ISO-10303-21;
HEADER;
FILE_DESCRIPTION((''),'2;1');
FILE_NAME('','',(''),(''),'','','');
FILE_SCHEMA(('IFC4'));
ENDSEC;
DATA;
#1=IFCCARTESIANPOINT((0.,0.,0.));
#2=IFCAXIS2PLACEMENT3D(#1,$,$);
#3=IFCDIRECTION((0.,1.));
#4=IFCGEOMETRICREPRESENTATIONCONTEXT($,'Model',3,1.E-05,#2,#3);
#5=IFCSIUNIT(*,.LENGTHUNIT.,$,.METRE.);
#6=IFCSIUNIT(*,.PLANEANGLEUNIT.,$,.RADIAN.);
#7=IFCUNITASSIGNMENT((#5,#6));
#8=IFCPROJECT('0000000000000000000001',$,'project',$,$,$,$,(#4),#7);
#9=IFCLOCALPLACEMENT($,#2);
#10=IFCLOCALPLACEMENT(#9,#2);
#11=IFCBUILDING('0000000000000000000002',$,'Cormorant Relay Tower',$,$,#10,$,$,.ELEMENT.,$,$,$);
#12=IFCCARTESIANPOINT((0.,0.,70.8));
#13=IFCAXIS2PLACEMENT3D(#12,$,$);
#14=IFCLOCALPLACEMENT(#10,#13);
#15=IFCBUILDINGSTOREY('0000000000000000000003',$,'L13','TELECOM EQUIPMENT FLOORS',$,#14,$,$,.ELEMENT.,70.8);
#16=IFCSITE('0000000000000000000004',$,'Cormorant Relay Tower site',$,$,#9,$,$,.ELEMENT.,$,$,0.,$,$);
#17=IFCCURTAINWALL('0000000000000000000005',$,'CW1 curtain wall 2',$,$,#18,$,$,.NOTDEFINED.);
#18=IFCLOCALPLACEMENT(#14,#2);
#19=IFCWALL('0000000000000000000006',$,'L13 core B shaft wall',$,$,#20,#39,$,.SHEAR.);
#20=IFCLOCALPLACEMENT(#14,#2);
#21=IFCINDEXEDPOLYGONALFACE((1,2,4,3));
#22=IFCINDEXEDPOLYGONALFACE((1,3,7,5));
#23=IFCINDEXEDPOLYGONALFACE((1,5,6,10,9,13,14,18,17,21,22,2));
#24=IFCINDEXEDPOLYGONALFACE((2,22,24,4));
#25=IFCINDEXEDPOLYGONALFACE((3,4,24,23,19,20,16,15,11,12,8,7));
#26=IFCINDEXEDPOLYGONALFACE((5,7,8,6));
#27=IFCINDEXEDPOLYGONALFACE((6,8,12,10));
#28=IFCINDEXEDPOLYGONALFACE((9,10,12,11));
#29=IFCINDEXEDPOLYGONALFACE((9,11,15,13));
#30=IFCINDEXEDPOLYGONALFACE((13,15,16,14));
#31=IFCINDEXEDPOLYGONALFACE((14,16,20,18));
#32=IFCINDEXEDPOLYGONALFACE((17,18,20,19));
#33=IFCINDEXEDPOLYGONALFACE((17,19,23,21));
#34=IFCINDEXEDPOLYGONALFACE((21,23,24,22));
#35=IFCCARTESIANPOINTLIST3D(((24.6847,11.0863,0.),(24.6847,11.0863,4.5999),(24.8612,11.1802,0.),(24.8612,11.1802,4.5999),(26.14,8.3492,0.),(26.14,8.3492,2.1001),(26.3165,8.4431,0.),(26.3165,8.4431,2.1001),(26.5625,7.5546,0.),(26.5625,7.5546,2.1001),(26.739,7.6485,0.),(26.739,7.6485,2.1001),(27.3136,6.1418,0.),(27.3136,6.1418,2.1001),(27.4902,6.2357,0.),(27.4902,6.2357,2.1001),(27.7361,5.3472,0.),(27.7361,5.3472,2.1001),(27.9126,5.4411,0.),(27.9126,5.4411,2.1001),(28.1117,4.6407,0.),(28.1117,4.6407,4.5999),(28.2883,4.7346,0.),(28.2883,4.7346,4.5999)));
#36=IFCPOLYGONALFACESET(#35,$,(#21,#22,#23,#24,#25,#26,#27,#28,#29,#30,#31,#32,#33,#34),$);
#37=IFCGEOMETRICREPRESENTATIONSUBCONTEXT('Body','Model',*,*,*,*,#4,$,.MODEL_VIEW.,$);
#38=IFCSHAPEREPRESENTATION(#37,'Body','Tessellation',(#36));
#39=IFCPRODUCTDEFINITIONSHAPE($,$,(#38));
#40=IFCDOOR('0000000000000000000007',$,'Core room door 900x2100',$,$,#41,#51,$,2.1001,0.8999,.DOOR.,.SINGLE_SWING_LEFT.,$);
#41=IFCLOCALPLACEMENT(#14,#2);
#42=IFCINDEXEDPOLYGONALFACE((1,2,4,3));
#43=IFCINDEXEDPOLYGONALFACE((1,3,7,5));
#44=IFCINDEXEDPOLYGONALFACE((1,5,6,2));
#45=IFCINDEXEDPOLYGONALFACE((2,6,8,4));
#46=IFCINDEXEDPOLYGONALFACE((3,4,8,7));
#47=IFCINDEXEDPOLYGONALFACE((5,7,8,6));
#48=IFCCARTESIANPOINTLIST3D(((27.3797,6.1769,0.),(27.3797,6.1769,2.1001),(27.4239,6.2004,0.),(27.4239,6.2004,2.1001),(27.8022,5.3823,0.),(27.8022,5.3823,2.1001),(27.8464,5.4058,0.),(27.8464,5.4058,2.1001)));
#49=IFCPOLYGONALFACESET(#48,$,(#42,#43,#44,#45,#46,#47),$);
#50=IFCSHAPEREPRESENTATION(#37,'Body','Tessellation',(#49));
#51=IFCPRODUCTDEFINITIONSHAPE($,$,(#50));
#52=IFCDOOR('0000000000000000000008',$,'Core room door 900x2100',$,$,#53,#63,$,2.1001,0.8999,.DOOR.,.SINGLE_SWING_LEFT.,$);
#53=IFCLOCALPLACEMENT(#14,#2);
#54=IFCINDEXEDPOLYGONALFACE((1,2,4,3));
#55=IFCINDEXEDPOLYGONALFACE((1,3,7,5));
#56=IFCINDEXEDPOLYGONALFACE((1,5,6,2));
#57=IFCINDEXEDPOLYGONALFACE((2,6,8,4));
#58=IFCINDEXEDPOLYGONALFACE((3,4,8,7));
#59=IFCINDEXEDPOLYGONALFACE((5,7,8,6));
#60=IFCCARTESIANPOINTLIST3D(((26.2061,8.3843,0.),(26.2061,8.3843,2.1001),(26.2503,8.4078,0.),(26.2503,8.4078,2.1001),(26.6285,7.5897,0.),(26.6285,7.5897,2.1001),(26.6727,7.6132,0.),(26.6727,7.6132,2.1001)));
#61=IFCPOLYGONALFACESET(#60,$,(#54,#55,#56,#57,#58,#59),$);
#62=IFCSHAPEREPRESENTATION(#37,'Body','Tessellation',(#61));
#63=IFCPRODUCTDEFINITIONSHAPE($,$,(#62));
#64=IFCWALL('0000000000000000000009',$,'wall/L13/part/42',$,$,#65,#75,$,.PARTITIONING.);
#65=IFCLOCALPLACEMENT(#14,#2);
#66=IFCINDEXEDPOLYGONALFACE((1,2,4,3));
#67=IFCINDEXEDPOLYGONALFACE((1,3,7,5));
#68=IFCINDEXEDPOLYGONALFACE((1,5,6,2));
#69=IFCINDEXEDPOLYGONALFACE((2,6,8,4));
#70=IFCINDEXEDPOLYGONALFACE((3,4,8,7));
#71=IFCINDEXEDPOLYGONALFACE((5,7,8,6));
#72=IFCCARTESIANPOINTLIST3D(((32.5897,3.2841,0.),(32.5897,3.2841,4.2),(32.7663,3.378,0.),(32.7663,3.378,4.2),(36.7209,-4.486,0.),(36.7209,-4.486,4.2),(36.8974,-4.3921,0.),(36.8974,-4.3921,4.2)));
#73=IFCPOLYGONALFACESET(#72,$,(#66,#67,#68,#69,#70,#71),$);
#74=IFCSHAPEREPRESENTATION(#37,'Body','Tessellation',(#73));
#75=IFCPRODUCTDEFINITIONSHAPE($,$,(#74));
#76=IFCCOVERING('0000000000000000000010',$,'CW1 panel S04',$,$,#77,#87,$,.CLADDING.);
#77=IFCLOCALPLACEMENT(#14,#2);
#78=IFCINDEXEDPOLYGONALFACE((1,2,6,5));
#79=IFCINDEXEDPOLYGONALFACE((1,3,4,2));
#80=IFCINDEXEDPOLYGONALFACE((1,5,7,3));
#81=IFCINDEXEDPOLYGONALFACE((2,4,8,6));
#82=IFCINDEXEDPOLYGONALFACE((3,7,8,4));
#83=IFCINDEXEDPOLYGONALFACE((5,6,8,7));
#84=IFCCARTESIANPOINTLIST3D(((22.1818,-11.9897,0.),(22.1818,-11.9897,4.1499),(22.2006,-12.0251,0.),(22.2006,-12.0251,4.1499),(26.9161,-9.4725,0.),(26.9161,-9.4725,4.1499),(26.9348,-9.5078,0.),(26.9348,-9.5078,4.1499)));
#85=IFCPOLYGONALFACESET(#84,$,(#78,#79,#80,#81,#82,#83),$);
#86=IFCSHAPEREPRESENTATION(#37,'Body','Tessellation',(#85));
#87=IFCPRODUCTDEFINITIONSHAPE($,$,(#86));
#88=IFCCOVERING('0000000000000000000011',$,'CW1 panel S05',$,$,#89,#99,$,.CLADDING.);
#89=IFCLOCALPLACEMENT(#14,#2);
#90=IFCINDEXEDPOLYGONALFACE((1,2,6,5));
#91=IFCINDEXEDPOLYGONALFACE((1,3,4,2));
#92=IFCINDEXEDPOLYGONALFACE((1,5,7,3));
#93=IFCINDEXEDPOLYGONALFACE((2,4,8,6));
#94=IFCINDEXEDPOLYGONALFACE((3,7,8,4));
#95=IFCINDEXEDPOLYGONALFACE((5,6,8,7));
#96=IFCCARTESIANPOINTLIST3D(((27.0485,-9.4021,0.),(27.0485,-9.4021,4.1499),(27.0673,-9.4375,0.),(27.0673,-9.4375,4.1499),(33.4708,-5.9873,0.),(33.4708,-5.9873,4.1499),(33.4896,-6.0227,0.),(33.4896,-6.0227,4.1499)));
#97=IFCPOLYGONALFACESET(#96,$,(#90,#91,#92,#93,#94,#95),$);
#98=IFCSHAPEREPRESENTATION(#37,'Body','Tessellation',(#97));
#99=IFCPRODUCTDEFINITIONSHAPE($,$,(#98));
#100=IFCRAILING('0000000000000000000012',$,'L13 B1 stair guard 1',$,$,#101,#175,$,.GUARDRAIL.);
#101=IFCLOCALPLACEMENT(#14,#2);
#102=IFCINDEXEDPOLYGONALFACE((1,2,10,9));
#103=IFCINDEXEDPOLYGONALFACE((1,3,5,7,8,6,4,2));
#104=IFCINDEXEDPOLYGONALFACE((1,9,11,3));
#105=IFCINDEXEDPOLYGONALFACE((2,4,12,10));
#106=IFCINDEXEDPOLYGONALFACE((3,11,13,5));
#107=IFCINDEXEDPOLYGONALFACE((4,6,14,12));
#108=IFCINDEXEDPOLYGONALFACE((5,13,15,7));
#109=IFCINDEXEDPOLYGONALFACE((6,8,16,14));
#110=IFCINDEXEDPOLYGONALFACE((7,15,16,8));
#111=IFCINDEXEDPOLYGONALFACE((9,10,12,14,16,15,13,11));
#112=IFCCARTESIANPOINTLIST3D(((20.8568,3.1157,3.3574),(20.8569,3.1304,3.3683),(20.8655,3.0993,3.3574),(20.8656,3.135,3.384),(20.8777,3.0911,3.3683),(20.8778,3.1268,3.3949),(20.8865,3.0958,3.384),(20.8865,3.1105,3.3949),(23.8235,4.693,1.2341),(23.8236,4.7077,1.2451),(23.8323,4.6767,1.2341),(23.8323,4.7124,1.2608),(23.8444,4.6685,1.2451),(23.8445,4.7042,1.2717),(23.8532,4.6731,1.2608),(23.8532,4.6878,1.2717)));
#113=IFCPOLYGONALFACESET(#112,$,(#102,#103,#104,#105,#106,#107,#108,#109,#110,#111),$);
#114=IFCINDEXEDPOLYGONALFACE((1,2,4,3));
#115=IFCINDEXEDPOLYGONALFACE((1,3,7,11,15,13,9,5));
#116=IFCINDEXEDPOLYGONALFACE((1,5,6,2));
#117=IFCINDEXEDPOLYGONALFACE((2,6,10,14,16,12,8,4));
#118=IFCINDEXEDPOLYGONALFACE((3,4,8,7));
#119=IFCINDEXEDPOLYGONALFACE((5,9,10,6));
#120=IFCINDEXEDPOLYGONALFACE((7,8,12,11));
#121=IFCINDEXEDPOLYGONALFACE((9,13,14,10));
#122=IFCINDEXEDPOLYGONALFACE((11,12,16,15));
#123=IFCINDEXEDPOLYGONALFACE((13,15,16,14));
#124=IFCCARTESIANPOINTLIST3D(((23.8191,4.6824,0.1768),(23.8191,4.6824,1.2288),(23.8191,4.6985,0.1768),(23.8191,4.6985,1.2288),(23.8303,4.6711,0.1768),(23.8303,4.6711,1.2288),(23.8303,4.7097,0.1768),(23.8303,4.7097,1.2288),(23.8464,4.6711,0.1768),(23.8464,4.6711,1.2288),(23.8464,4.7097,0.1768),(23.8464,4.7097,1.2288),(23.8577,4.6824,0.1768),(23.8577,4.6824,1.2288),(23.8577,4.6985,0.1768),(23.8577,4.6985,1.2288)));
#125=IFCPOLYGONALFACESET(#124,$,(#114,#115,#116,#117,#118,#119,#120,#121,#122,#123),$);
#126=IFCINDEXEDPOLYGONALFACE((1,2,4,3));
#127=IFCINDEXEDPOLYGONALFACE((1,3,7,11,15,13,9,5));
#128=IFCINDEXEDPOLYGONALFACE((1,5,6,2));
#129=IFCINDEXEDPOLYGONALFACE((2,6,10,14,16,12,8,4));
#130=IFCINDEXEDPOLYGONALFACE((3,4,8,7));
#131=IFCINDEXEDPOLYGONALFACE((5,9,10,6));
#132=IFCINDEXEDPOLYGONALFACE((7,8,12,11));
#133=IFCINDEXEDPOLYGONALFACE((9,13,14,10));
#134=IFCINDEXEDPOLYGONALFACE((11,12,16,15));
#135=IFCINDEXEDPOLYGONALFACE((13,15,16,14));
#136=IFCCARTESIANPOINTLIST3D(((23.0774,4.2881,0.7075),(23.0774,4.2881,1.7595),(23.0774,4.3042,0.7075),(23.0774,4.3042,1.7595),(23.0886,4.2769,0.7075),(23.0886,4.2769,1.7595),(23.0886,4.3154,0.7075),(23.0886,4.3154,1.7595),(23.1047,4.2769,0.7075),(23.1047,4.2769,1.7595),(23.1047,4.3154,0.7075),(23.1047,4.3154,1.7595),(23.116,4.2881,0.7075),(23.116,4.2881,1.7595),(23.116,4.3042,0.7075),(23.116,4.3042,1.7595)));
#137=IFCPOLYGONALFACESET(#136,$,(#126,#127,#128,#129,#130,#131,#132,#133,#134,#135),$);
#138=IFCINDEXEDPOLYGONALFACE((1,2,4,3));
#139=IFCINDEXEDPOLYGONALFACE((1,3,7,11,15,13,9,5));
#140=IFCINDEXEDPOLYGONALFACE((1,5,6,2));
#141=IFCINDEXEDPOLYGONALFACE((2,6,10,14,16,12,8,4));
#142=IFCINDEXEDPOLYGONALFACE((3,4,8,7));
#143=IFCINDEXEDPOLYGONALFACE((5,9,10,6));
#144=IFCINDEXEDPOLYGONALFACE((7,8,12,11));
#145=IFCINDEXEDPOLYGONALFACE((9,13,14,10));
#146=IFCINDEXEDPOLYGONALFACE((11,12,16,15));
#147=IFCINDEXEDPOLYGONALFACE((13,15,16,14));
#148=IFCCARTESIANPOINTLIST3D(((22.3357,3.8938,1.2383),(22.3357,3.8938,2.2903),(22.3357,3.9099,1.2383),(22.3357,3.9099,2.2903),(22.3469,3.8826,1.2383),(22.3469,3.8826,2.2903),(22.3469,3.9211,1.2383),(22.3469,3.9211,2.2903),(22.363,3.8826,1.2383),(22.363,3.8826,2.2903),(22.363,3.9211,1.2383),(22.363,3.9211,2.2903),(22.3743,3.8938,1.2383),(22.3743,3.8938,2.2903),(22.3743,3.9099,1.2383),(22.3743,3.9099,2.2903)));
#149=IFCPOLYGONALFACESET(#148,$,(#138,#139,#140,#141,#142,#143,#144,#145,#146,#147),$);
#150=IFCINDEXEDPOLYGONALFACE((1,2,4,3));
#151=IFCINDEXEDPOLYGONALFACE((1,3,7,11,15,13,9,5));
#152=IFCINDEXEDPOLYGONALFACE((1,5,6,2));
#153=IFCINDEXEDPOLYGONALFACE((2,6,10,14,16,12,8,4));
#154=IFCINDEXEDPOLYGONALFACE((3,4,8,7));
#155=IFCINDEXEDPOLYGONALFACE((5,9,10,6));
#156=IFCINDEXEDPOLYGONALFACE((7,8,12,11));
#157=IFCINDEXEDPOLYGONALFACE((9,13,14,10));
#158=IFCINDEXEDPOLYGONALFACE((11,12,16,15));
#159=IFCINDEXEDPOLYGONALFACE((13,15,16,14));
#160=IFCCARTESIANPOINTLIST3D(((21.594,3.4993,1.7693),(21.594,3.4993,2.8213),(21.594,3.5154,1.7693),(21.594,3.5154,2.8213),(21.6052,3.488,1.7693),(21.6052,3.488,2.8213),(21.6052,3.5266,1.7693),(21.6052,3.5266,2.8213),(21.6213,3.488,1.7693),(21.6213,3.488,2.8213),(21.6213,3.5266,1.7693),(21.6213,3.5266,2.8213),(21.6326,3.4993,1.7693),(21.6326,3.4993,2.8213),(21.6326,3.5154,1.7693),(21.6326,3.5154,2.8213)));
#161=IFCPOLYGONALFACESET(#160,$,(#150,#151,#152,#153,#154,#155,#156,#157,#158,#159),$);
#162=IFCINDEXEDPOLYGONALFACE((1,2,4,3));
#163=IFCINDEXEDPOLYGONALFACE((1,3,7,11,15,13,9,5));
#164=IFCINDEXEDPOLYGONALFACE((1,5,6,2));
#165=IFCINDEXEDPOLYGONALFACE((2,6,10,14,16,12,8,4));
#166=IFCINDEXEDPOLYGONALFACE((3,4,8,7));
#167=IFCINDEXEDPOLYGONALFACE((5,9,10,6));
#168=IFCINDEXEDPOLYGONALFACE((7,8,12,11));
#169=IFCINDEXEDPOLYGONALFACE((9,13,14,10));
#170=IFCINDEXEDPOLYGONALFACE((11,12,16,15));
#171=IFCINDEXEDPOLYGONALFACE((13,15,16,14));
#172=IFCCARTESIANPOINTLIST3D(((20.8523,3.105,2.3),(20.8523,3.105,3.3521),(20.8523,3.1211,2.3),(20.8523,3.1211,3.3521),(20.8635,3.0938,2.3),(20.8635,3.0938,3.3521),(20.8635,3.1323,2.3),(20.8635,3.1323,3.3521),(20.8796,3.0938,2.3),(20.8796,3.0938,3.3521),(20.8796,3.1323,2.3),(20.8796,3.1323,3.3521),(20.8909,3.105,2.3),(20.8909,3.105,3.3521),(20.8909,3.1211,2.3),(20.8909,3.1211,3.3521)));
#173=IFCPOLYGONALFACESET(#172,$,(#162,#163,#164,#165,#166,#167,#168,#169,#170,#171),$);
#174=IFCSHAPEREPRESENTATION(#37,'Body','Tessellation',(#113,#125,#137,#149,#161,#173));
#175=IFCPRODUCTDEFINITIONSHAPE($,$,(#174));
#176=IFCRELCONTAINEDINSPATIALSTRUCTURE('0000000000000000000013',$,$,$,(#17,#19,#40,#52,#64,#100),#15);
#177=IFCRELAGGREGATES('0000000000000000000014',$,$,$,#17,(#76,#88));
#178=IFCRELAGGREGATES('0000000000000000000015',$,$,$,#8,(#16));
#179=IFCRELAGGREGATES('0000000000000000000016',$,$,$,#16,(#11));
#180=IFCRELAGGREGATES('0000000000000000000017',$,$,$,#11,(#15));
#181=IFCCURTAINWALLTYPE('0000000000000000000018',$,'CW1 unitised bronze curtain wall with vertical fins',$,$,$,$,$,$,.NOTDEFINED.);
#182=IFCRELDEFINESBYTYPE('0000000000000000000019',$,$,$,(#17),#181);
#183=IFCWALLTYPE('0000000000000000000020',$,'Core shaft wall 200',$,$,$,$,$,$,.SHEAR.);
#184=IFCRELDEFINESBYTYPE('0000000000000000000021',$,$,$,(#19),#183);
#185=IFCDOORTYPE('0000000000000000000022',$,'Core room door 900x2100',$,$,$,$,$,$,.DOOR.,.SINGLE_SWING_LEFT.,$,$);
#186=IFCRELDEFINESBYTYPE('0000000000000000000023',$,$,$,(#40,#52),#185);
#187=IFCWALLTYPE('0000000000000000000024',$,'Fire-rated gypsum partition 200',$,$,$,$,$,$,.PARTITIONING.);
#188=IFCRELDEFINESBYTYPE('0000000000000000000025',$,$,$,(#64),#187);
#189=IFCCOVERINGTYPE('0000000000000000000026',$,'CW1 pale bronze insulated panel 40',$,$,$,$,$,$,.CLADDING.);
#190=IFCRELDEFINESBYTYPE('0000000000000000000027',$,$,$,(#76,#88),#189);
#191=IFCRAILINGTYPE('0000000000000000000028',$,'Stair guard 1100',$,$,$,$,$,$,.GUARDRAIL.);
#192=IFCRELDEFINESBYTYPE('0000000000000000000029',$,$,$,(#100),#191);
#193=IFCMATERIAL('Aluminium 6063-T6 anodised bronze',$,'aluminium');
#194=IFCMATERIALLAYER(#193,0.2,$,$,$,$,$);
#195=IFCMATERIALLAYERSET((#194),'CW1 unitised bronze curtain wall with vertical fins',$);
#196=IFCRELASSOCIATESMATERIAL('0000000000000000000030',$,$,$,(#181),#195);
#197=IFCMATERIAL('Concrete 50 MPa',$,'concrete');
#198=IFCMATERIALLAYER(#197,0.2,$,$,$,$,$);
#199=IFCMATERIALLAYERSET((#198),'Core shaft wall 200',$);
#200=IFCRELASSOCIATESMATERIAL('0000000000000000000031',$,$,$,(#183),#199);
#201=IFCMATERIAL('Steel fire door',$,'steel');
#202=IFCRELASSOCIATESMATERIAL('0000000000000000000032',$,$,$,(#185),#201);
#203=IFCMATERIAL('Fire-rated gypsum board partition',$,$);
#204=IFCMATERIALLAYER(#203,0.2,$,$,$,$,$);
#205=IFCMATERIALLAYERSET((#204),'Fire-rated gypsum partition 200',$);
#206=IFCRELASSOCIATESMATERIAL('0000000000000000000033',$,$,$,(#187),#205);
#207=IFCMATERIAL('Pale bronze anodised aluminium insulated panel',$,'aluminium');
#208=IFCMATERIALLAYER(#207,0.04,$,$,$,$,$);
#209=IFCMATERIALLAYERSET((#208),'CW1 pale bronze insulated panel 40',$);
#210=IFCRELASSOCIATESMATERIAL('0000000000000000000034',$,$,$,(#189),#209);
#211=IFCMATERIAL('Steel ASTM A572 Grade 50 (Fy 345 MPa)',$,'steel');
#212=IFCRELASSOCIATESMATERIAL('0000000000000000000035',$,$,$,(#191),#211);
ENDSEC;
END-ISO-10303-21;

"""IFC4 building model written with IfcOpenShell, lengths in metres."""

from ifc_helpers import new_model, si_unit, direction, frame, frame_2d, origin, origin_2d, place, context, subcontext, project, spatial, polyline, rectangle, outline, extrude, material, layer, layer_set, type_object, element, fill, aggregate, save


model = new_model("IFC4")

# Units and contexts
model_context = context("Model", 3, precision=1e-05, world=origin(), true_north=direction((0.0, 1.0)))
body_context = subcontext(model_context, "Body", "Model", "MODEL_VIEW")
ifc_project = project(units=[si_unit("LENGTHUNIT", "METRE"), si_unit("PLANEANGLEUNIT", "RADIAN")], contexts=[model_context])

# Site, building, storey
site_placement = place(None, origin())
site = spatial("IfcSite", under=ifc_project, at=site_placement, Name="Cormorant Relay Tower site", CompositionType="ELEMENT", RefElevation=0.0)
building_placement = place(site_placement, origin())
building = spatial("IfcBuilding", under=site, at=building_placement, Name="Cormorant Relay Tower", CompositionType="ELEMENT")
storey_placement = place(building_placement, frame((0.0, 0.0, 70.8)))
storey = spatial("IfcBuildingStorey", under=building, at=storey_placement, Name="L13", Description="TELECOM EQUIPMENT FLOORS", CompositionType="ELEMENT", Elevation=70.8)

# Curtain wall
ifc_material_1 = material(Name="Aluminium 6063-T6 anodised bronze", Category="aluminium")
ifc_layer_1 = layer(ifc_material_1, 0.2)
ifc_layer_set_1 = layer_set([ifc_layer_1], Name="CW1 unitised bronze curtain wall with vertical fins")
curtain_wall_type = type_object("IfcCurtainWallType", Name="CW1 unitised bronze curtain wall with vertical fins", PredefinedType="NOTDEFINED", material=ifc_layer_set_1)
curtain_wall_placement = place(storey_placement, origin())
curtain_wall = element("IfcCurtainWall", 1, at=curtain_wall_placement, inside=storey, type_object=curtain_wall_type, Name="CW1 curtain wall 2", PredefinedType="NOTDEFINED")

# Shared definitions
ifc_material_2 = material(Name="Concrete 50 MPa", Category="concrete")
ifc_layer_2 = layer(ifc_material_2, 0.2)
ifc_layer_set_2 = layer_set([ifc_layer_2], Name="Core shaft wall 200")
wall_type_1 = type_object("IfcWallType", Name="Core shaft wall 200", PredefinedType="SHEAR", material=ifc_layer_set_2)

# Wall, openings, doors
wall_1_placement = place(storey_placement, frame((28.2, 4.6877, 0.0), z_axis=(0.0, 0.0, 1.0), x_axis=(-0.469454, 0.882957, 0.0)))
wall_1 = element("IfcWall", 2, at=wall_1_placement, inside=storey, type_object=wall_type_1, Name="L13 core B shaft wall", PredefinedType="SHEAR", context=body_context, shape_type="SweptSolid", body=[
    extrude(rectangle(XDim=7.3, YDim=0.2, at=frame_2d((3.6499, 0.0))), origin(), (0.0, 0.0, 1.0), 4.5999),
])
opening_1_placement = place(wall_1_placement, frame((0.8, 0.0, 0.0)))
opening_1 = element("IfcOpeningElement", 3, at=opening_1_placement, cuts=wall_1, PredefinedType="OPENING", context=body_context, shape_type="SweptSolid", body=[
    extrude(rectangle(XDim=0.8999, YDim=2.1001, at=frame_2d((0.45, 1.05))), frame((0.0, 0.1099, 0.0), z_axis=(0.0, -1.0, 0.0), x_axis=(1.0, 0.0, 0.0)), (0.0, 0.0, 1.0), 0.22),
])
opening_2_placement = place(wall_1_placement, frame((3.3, 0.0, 0.0)))
opening_2 = element("IfcOpeningElement", 4, at=opening_2_placement, cuts=wall_1, PredefinedType="OPENING", context=body_context, shape_type="SweptSolid", body=[
    extrude(rectangle(XDim=0.8999, YDim=2.1001, at=frame_2d((0.45, 1.05))), frame((0.0, 0.1099, 0.0), z_axis=(0.0, -1.0, 0.0), x_axis=(1.0, 0.0, 0.0)), (0.0, 0.0, 1.0), 0.22),
])
ifc_material_3 = material(Name="Steel fire door", Category="steel")
door_type_1 = type_object("IfcDoorType", Name="Core room door 900x2100", OperationType="SINGLE_SWING_LEFT", PredefinedType="DOOR", material=ifc_material_3)
door_1_placement = place(opening_1_placement, frame((0.8999, 0.0, 0.0), z_axis=(0.0, 0.0, 1.0), x_axis=(-1.0, 0.0, 0.0)))
door_1 = element("IfcDoor", 5, at=door_1_placement, inside=storey, type_object=door_type_1, Name="Core room door 900x2100", OperationType="SINGLE_SWING_LEFT", OverallHeight=2.1001, OverallWidth=0.8999, PredefinedType="DOOR", context=body_context, shape_type="SweptSolid", body=[
    extrude(rectangle(XDim=0.8999, YDim=2.1001, at=frame_2d((0.45, 1.05))), frame((0.0, 0.0249, 0.0), z_axis=(0.0, -1.0, 0.0), x_axis=(1.0, 0.0, 0.0)), (0.0, 0.0, 1.0), 0.05),
])
fill(opening_1, door_1)
door_2_placement = place(opening_2_placement, frame((0.8999, 0.0, 0.0), z_axis=(0.0, 0.0, 1.0), x_axis=(-1.0, 0.0, 0.0)))
door_2 = element("IfcDoor", 6, at=door_2_placement, inside=storey, type_object=door_type_1, Name="Core room door 900x2100", OperationType="SINGLE_SWING_LEFT", OverallHeight=2.1001, OverallWidth=0.8999, PredefinedType="DOOR", context=body_context, shape_type="SweptSolid", body=[
    extrude(rectangle(XDim=0.8999, YDim=2.1001, at=frame_2d((0.45, 1.05))), frame((0.0, 0.0249, 0.0), z_axis=(0.0, -1.0, 0.0), x_axis=(1.0, 0.0, 0.0)), (0.0, 0.0, 1.0), 0.05),
])
fill(opening_2, door_2)

# Wall
ifc_material_4 = material(Name="Fire-rated gypsum board partition")
ifc_layer_3 = layer(ifc_material_4, 0.2)
ifc_layer_set_3 = layer_set([ifc_layer_3], Name="Fire-rated gypsum partition 200")
wall_type_2 = type_object("IfcWallType", Name="Fire-rated gypsum partition 200", PredefinedType="PARTITIONING", material=ifc_layer_set_3)
wall_2_placement = place(storey_placement, frame((36.8091, -4.439, 0.0), z_axis=(0.0, 0.0, 1.0), x_axis=(-0.469446, 0.882961, 0.0)))
element("IfcWall", 7, at=wall_2_placement, inside=storey, type_object=wall_type_2, Name="wall/L13/part/42", PredefinedType="PARTITIONING", context=body_context, shape_type="SweptSolid", body=[
    extrude(rectangle(XDim=8.8, YDim=0.2, at=frame_2d((4.3999, 0.0))), origin(), (0.0, 0.0, 1.0), 4.2),
])

# Coverings
ifc_material_5 = material(Name="Pale bronze anodised aluminium insulated panel", Category="aluminium")
ifc_layer_4 = layer(ifc_material_5, 0.04)
ifc_layer_set_4 = layer_set([ifc_layer_4], Name="CW1 pale bronze insulated panel 40")
covering_type = type_object("IfcCoveringType", Name="CW1 pale bronze insulated panel 40", PredefinedType="CLADDING", material=ifc_layer_set_4)
covering_1_placement = place(storey_placement, frame((24.5583, -10.7488, 0.0), z_axis=(0.0, 0.0, 1.0), x_axis=(0.882948, 0.469472, 0.0)))
covering_1 = element("IfcCovering", 8, at=covering_1_placement, type_object=covering_type, Name="CW1 panel S04", PredefinedType="CLADDING", context=body_context, shape_type="SweptSolid", body=[
    extrude(rectangle(XDim=5.3618, YDim=0.04, at=origin_2d()), origin(), (0.0, 0.0, 1.0), 4.1499),
])
covering_2_placement = place(storey_placement, frame((30.269, -7.7124, 0.0), z_axis=(0.0, 0.0, 1.0), x_axis=(0.882948, 0.469472, 0.0)))
covering_2 = element("IfcCovering", 9, at=covering_2_placement, type_object=covering_type, Name="CW1 panel S05", PredefinedType="CLADDING", context=body_context, shape_type="SweptSolid", body=[
    extrude(rectangle(XDim=7.2737, YDim=0.04, at=origin_2d()), origin(), (0.0, 0.0, 1.0), 4.1499),
])
aggregate(curtain_wall, [covering_1, covering_2])

# Railing
ifc_material_6 = material(Name="Steel ASTM A572 Grade 50 (Fy 345 MPa)", Category="steel")
railing_type = type_object("IfcRailingType", Name="Stair guard 1100", PredefinedType="GUARDRAIL", material=ifc_material_6)
railing_1_placement = place(storey_placement, frame((23.8384, 4.6904, 0.1768)))
element("IfcRailing", 10, at=railing_1_placement, inside=storey, type_object=railing_type, Name="L13 B1 stair guard 1", PredefinedType="GUARDRAIL", context=body_context, shape_type="SweptSolid", body=[
    extrude(outline(polyline([(0.0222, 0.0093), (0.0093, 0.0222), (-0.0093, 0.0222), (-0.0222, 0.0093), (-0.0222, -0.0093), (-0.0093, -0.0222), (0.0093, -0.0222), (0.0222, -0.0093), (0.0222, 0.0093)])), frame((0.0, 0.0, 1.0762), z_axis=(-0.746416, -0.396856, 0.534199), x_axis=(0.469453, -0.882958, 0.0)), (0.0, 0.0, 1.0), 3.9746),
    extrude(outline(polyline([(0.0193, 0.0081), (0.0081, 0.0193), (-0.0081, 0.0193), (-0.0193, 0.0081), (-0.0193, -0.0081), (-0.0081, -0.0193), (0.0081, -0.0193), (0.0193, -0.0081), (0.0193, 0.0081)])), origin(), (0.0, 0.0, 1.0), 1.052),
    extrude(outline(polyline([(0.0193, 0.0081), (0.0081, 0.0193), (-0.0081, 0.0193), (-0.0193, 0.0081), (-0.0193, -0.0081), (-0.0081, -0.0193), (0.0081, -0.0193), (0.0193, -0.0081), (0.0193, 0.0081)])), frame((-0.7417, -0.3943, 0.5308)), (0.0, 0.0, 1.0), 1.052),
    extrude(outline(polyline([(0.0193, 0.0081), (0.0081, 0.0193), (-0.0081, 0.0193), (-0.0193, 0.0081), (-0.0193, -0.0081), (-0.0081, -0.0193), (0.0081, -0.0193), (0.0193, -0.0081), (0.0193, 0.0081)])), frame((-1.4834, -0.7886, 1.0615)), (0.0, 0.0, 1.0), 1.052),
    extrude(outline(polyline([(0.0193, 0.0081), (0.0081, 0.0193), (-0.0081, 0.0193), (-0.0193, 0.0081), (-0.0193, -0.0081), (-0.0081, -0.0193), (0.0081, -0.0193), (0.0193, -0.0081), (0.0193, 0.0081)])), frame((-2.2251, -1.1831, 1.5925)), (0.0, 0.0, 1.0), 1.052),
    extrude(outline(polyline([(0.0193, 0.0081), (0.0081, 0.0193), (-0.0081, 0.0193), (-0.0193, 0.0081), (-0.0193, -0.0081), (-0.0081, -0.0193), (0.0081, -0.0193), (0.0193, -0.0081), (0.0193, 0.0081)])), frame((-2.9668, -1.5774, 2.1233)), (0.0, 0.0, 1.0), 1.052),
])

save(model, "model.ifc")
